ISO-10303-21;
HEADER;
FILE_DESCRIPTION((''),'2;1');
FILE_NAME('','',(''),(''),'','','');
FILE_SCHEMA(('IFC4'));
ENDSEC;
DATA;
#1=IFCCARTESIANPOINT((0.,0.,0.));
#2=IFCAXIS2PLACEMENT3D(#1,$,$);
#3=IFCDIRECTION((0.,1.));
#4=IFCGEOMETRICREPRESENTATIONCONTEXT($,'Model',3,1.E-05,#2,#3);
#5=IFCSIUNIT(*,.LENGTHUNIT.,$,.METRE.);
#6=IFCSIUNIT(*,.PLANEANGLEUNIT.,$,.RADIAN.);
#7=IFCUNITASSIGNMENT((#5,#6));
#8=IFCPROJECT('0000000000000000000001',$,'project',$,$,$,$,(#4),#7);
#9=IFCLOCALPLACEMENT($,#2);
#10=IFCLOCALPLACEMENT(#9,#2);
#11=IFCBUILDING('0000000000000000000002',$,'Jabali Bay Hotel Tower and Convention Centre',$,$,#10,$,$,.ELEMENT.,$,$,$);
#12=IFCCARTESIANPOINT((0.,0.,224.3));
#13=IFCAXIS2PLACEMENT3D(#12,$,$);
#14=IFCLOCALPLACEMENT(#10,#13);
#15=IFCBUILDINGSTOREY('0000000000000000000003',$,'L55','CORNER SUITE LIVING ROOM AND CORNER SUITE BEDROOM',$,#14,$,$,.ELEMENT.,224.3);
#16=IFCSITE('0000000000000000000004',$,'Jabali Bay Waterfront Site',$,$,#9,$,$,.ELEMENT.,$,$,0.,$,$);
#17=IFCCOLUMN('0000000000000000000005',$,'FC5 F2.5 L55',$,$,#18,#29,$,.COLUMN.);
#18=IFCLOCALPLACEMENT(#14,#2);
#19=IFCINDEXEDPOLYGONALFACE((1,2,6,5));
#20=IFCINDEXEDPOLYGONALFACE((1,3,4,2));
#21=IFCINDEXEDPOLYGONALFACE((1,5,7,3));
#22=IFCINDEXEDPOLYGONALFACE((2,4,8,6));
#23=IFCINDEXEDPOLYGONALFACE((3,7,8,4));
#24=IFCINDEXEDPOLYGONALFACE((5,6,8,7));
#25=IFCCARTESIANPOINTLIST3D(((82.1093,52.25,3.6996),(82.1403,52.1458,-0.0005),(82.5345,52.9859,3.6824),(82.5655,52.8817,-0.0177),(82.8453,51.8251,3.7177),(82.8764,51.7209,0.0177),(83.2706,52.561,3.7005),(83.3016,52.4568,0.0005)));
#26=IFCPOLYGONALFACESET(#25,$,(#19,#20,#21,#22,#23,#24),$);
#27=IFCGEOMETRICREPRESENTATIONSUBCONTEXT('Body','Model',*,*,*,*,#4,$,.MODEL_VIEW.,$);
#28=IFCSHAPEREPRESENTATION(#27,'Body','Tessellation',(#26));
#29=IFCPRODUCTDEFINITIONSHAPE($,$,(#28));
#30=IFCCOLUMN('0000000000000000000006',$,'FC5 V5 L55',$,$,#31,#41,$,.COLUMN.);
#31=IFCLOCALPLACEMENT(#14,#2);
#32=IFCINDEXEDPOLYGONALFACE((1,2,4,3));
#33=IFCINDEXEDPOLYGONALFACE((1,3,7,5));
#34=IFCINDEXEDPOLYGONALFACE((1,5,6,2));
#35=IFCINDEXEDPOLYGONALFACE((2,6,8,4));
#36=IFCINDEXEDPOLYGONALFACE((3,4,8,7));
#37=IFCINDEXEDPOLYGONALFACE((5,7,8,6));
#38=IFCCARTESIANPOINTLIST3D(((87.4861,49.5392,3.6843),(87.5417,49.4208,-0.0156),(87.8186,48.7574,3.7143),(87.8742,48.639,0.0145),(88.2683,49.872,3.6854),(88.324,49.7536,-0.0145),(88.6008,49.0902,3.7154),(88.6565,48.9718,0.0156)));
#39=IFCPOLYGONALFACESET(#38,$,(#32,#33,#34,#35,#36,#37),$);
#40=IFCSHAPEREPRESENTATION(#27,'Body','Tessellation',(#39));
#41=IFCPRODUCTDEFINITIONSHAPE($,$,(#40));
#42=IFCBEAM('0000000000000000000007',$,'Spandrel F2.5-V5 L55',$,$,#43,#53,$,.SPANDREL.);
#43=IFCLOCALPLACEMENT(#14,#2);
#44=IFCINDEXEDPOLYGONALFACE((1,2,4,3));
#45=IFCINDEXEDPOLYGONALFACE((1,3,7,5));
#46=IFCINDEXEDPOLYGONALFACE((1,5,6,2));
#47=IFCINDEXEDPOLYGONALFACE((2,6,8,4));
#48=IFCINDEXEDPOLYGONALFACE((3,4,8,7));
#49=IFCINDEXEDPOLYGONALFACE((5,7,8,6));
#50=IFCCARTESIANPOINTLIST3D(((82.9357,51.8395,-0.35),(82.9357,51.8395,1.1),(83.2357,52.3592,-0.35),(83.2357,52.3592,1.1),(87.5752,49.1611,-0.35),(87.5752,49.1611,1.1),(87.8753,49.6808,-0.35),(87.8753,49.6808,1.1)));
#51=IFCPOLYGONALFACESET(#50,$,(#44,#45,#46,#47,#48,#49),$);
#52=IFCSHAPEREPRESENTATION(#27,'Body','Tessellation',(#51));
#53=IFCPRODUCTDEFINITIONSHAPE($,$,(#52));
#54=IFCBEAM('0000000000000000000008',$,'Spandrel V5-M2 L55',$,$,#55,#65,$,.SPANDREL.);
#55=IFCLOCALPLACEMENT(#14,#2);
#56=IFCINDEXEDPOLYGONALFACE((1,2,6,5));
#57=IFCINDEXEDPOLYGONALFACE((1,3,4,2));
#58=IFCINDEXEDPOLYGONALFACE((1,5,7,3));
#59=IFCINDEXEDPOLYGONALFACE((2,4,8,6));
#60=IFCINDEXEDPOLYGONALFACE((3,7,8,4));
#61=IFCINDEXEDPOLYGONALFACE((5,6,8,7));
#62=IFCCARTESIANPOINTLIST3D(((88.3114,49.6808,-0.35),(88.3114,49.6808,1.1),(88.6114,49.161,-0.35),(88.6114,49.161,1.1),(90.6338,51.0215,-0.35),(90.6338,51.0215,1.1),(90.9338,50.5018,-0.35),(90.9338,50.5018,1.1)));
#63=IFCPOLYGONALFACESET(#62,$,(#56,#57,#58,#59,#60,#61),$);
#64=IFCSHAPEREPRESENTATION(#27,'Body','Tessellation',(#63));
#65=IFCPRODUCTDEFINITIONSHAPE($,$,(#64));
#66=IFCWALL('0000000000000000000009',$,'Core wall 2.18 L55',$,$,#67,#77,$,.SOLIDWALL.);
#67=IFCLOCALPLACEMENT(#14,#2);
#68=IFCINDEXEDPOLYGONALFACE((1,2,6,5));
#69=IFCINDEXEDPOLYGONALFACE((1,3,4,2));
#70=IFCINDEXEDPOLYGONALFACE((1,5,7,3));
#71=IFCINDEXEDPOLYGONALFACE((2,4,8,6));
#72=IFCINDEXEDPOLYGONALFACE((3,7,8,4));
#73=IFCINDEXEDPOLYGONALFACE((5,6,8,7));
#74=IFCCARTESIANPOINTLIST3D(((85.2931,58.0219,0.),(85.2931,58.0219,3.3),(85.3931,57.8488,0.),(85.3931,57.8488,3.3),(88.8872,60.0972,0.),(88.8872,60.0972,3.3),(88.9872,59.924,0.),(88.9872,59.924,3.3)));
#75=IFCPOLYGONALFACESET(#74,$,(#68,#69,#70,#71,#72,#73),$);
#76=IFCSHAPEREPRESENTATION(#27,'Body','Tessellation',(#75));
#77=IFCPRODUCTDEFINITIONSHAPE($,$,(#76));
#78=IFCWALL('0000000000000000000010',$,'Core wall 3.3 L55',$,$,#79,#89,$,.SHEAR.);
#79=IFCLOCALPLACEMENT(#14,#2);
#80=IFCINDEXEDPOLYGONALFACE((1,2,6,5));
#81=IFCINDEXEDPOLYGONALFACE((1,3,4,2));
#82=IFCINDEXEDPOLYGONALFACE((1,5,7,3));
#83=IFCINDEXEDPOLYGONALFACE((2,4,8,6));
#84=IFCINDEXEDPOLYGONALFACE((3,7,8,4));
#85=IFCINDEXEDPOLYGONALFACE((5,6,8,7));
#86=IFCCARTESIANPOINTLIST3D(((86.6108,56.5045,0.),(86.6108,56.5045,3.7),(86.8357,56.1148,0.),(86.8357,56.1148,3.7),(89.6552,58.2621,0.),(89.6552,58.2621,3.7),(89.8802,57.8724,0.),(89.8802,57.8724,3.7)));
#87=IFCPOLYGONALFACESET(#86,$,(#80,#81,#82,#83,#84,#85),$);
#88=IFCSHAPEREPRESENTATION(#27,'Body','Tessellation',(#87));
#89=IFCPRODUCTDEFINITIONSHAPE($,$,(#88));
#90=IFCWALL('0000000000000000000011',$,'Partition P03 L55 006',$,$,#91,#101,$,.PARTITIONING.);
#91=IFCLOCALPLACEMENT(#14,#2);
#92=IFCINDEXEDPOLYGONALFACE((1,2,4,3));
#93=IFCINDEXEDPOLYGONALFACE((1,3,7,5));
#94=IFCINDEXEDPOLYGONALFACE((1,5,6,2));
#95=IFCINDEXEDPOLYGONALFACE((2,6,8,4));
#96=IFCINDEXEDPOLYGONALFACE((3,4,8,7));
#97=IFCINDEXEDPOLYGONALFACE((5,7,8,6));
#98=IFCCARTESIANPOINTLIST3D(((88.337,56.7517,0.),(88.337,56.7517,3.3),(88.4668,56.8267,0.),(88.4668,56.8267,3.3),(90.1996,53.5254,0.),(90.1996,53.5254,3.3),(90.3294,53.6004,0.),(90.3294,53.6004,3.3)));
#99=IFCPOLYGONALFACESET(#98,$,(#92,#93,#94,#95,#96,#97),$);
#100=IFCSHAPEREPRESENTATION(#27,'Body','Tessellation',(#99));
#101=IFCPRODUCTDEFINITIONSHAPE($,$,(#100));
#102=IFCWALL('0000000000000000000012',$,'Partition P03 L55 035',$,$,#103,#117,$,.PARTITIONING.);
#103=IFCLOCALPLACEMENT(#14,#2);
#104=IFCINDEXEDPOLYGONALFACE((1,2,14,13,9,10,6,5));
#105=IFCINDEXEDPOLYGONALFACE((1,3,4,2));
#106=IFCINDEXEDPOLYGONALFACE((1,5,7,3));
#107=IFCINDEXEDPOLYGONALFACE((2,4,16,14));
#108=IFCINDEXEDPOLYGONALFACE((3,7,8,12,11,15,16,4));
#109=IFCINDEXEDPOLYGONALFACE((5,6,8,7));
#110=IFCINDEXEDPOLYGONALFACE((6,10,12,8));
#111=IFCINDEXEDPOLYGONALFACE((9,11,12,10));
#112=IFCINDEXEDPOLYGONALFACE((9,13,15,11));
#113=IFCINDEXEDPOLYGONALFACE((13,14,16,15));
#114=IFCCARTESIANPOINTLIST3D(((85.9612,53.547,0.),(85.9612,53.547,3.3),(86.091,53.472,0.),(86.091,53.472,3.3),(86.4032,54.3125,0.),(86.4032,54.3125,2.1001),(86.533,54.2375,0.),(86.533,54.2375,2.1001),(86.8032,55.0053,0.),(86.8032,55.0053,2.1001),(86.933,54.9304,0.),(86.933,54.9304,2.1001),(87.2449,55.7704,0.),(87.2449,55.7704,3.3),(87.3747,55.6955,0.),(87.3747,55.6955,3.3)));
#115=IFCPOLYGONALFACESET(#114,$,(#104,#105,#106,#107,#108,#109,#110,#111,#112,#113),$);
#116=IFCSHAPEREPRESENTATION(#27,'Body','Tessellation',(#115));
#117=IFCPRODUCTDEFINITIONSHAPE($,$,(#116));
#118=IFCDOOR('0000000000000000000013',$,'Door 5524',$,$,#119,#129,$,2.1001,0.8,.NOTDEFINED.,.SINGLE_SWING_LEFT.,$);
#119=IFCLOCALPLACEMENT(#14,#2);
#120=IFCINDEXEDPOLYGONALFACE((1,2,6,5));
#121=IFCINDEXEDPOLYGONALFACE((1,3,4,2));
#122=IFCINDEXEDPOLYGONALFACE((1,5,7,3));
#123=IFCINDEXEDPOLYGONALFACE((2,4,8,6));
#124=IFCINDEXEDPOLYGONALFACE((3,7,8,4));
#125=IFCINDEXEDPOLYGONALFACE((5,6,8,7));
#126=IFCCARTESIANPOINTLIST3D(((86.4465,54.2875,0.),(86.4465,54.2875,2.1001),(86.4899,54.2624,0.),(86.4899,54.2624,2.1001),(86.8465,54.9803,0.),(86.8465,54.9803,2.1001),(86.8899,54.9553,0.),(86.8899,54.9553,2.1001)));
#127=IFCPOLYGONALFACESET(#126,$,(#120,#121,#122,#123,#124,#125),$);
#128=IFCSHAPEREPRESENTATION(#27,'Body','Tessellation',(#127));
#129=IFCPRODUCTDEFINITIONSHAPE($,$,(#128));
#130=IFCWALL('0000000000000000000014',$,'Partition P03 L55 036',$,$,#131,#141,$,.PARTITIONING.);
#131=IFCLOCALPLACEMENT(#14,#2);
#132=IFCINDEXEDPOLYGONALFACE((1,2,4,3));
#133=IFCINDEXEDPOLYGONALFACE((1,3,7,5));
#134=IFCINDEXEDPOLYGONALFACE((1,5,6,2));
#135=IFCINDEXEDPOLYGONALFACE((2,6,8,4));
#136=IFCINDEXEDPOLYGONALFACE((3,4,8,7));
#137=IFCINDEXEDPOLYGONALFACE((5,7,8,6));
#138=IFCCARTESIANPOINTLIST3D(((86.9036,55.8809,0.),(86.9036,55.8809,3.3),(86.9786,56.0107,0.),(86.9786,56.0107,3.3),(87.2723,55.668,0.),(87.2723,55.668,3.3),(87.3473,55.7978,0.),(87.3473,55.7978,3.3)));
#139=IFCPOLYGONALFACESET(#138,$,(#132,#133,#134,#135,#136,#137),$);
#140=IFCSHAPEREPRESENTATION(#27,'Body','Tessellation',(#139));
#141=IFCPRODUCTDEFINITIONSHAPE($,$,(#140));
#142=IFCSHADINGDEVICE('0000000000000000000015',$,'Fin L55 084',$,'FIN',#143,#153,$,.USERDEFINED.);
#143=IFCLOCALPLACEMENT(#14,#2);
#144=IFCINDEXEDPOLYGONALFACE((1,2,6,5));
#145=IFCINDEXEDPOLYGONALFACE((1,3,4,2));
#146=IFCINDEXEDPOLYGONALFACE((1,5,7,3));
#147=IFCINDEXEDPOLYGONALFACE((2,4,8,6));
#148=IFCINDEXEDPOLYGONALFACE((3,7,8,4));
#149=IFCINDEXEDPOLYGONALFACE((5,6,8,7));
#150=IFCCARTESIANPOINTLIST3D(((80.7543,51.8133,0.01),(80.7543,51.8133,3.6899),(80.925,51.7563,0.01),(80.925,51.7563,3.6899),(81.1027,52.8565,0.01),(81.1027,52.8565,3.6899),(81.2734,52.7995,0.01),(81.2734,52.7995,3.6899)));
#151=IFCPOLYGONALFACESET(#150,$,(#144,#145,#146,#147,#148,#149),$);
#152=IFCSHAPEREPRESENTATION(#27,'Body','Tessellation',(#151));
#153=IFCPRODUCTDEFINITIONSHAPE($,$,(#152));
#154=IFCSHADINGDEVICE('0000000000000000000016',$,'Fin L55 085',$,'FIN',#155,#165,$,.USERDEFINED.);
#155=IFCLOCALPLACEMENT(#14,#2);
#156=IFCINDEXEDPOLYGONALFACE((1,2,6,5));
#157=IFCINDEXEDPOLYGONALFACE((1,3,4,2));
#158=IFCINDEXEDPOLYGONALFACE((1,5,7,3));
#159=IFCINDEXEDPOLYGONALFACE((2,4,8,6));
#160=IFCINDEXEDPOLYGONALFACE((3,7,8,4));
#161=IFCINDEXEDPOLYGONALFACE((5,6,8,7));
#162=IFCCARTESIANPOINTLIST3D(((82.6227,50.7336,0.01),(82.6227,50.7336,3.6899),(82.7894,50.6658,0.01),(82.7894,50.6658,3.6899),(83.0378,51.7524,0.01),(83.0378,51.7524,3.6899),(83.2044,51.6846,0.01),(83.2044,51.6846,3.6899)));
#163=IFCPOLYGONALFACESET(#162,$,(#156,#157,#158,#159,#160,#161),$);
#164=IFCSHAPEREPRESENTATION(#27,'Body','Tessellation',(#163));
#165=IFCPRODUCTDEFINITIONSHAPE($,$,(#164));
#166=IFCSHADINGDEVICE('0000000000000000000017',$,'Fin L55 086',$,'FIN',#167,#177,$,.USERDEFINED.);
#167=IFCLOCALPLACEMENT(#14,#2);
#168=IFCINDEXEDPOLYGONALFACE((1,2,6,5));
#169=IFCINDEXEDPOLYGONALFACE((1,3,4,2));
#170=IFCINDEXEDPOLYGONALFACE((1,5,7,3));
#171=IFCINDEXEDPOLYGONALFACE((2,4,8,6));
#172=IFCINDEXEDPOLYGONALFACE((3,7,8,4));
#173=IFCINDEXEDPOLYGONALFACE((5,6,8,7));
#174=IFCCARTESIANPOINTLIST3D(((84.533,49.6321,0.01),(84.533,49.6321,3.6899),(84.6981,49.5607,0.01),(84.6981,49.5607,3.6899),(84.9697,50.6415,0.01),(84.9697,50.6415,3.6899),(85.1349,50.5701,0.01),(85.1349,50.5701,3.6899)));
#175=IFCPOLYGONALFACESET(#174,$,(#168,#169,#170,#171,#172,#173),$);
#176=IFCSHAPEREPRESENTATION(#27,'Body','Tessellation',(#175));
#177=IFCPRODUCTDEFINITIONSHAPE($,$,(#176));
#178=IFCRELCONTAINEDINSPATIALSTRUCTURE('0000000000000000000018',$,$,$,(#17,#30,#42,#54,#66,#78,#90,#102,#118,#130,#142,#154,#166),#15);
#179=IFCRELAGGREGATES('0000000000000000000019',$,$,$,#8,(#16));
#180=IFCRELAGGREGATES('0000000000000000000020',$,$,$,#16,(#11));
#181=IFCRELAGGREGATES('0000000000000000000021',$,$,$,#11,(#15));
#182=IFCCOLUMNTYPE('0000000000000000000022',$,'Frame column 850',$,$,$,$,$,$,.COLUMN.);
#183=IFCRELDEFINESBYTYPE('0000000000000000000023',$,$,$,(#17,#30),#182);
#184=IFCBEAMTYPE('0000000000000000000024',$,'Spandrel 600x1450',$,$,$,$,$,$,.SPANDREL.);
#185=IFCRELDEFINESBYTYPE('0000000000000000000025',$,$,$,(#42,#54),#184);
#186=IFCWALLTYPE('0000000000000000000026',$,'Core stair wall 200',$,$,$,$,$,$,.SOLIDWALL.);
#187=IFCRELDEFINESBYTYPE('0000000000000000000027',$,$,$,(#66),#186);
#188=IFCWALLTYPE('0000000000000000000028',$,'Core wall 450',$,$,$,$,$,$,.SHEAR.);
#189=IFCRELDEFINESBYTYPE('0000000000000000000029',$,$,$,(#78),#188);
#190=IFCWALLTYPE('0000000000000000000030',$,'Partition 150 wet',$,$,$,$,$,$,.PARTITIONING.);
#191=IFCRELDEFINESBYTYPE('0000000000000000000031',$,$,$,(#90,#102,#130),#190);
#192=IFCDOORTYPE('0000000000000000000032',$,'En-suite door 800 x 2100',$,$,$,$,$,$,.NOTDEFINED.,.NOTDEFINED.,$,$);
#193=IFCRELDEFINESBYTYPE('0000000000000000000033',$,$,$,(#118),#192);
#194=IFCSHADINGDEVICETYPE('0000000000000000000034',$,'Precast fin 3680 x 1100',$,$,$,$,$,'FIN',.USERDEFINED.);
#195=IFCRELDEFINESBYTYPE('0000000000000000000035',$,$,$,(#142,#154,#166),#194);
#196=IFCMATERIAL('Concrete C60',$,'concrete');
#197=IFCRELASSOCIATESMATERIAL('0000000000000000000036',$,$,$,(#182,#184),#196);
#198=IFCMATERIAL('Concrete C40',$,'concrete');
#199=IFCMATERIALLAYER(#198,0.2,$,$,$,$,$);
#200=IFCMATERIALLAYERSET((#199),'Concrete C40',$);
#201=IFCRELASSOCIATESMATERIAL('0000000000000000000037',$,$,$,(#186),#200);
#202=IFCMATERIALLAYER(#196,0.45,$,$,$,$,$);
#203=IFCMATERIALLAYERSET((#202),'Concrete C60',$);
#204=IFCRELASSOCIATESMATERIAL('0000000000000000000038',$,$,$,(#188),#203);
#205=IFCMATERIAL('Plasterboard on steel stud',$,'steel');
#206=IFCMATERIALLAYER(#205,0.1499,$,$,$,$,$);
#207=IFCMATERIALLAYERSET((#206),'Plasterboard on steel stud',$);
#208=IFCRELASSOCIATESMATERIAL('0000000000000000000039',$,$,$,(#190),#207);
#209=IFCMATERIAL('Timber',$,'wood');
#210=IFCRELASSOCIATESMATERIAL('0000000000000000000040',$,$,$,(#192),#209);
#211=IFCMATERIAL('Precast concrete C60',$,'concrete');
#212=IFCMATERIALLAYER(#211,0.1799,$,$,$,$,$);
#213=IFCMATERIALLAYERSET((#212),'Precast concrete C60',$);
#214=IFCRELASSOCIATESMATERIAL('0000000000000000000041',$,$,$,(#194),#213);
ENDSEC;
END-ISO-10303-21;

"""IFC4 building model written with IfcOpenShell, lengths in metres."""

from ifc_helpers import new_model, si_unit, direction, frame, frame_2d, origin, origin_2d, place, context, subcontext, project, spatial, rectangle, extrude, material, layer, layer_set, material_profile, profile_set, type_object, element, fill, save


model = new_model("IFC4")

# Units and contexts
model_context = context("Model", 3, precision=1e-05, world=origin(), true_north=direction((0.0, 1.0)))
body_context = subcontext(model_context, "Body", "Model", "MODEL_VIEW")
ifc_project = project(units=[si_unit("LENGTHUNIT", "METRE"), si_unit("PLANEANGLEUNIT", "RADIAN")], contexts=[model_context])

# Site, building, storey
site_placement = place(None, origin())
site = spatial("IfcSite", under=ifc_project, at=site_placement, Name="Jabali Bay Waterfront Site", CompositionType="ELEMENT", RefElevation=0.0)
building_placement = place(site_placement, origin())
building = spatial("IfcBuilding", under=site, at=building_placement, Name="Jabali Bay Hotel Tower and Convention Centre", CompositionType="ELEMENT")
storey_placement = place(building_placement, frame((0.0, 0.0, 224.3)))
storey = spatial("IfcBuildingStorey", under=building, at=storey_placement, Name="L55", Description="CORNER SUITE LIVING ROOM AND CORNER SUITE BEDROOM", CompositionType="ELEMENT", Elevation=224.3)

# Columns
ifc_material_1 = material(Name="Concrete C60", Category="concrete")
ifc_material_profile_1 = material_profile(ifc_material_1, rectangle(XDim=0.8501, YDim=0.8501, at=origin_2d()), Name="Frame column 850")
ifc_profile_set_1 = profile_set([ifc_material_profile_1], Name="Concrete C60")
column_type = type_object("IfcColumnType", Name="Frame column 850", PredefinedType="COLUMN", material=ifc_profile_set_1)
column_1_placement = place(storey_placement, frame((82.7209, 52.3013, 0.0), z_axis=(-0.008376, 0.028163, 0.999568), x_axis=(-0.500232, -0.865656, 0.020198)))
element("IfcColumn", 1, at=column_1_placement, inside=storey, type_object=column_type, Name="FC5 F2.5 L55", PredefinedType="COLUMN", context=body_context, shape_type="SweptSolid", body=[
    extrude(rectangle(XDim=0.8501, YDim=0.8501, at=origin_2d()), origin(), (0.0, 0.0, 1.0), 3.7017),
])
column_2_placement = place(storey_placement, frame((88.0991, 49.1963, 0.0), z_axis=(-0.015035, 0.031983, 0.999375), x_axis=(0.391133, -0.919657, 0.035316)))
element("IfcColumn", 2, at=column_2_placement, inside=storey, type_object=column_type, Name="FC5 V5 L55", PredefinedType="COLUMN", context=body_context, shape_type="SweptSolid", body=[
    extrude(rectangle(XDim=0.8501, YDim=0.8501, at=origin_2d()), origin(), (0.0, 0.0, 1.0), 3.7021),
])

# Beams
ifc_material_profile_2 = material_profile(ifc_material_1, rectangle(XDim=0.6001, YDim=1.45, at=origin_2d()), Name="Spandrel 600x1450")
ifc_profile_set_2 = profile_set([ifc_material_profile_2], Name="Concrete C60")
beam_type = type_object("IfcBeamType", Name="Spandrel 600x1450", PredefinedType="SPANDREL", material=ifc_profile_set_2)
beam_1_placement = place(storey_placement, frame((83.0857, 52.0994, 0.375), z_axis=(0.866044, -0.499967, 0.0), x_axis=(0.499967, 0.866044, 0.0)))
element("IfcBeam", 3, at=beam_1_placement, inside=storey, type_object=beam_type, Name="Spandrel F2.5-V5 L55", PredefinedType="SPANDREL", context=body_context, shape_type="SweptSolid", body=[
    extrude(rectangle(XDim=0.6001, YDim=1.45, at=origin_2d()), origin(), (0.0, 0.0, 1.0), 5.3572),
])
beam_2_placement = place(storey_placement, frame((88.4614, 49.4209, 0.375), z_axis=(0.866039, 0.499977, 0.0), x_axis=(-0.499977, 0.866039, 0.0)))
element("IfcBeam", 4, at=beam_2_placement, inside=storey, type_object=beam_type, Name="Spandrel V5-M2 L55", PredefinedType="SPANDREL", context=body_context, shape_type="SweptSolid", body=[
    extrude(rectangle(XDim=0.6001, YDim=1.45, at=origin_2d()), origin(), (0.0, 0.0, 1.0), 2.6816),
])

# Walls
ifc_material_2 = material(Name="Concrete C40", Category="concrete")
ifc_layer_1 = layer(ifc_material_2, 0.2)
ifc_layer_set_1 = layer_set([ifc_layer_1], Name="Concrete C40")
wall_type_1 = type_object("IfcWallType", Name="Core stair wall 200", PredefinedType="SOLIDWALL", material=ifc_layer_set_1)
wall_1_placement = place(storey_placement, frame((85.343, 57.9353, 0.0), z_axis=(0.0, 0.0, 1.0), x_axis=(0.866004, 0.500036, 0.0)))
element("IfcWall", 5, at=wall_1_placement, inside=storey, type_object=wall_type_1, Name="Core wall 2.18 L55", PredefinedType="SOLIDWALL", context=body_context, shape_type="SweptSolid", body=[
    extrude(rectangle(XDim=4.1501, YDim=0.2, at=frame_2d((2.0752, 0.0))), origin(), (0.0, 0.0, 1.0), 3.3),
])
ifc_layer_2 = layer(ifc_material_1, 0.45)
ifc_layer_set_2 = layer_set([ifc_layer_2], Name="Concrete C60")
wall_type_2 = type_object("IfcWallType", Name="Core wall 450", PredefinedType="SHEAR", material=ifc_layer_set_2)
wall_2_placement = place(storey_placement, frame((86.7231, 56.3096, 0.0), z_axis=(0.0, 0.0, 1.0), x_axis=(0.866042, 0.499971, 0.0)))
element("IfcWall", 6, at=wall_2_placement, inside=storey, type_object=wall_type_2, Name="Core wall 3.3 L55", PredefinedType="SHEAR", context=body_context, shape_type="SweptSolid", body=[
    extrude(rectangle(XDim=3.5154, YDim=0.45, at=frame_2d((1.7578, 0.0))), origin(), (0.0, 0.0, 1.0), 3.7),
])

# Wall
ifc_material_3 = material(Name="Plasterboard on steel stud", Category="steel")
ifc_layer_3 = layer(ifc_material_3, 0.1499)
ifc_layer_set_3 = layer_set([ifc_layer_3], Name="Plasterboard on steel stud")
wall_type_3 = type_object("IfcWallType", Name="Partition 150 wet", PredefinedType="PARTITIONING", material=ifc_layer_set_3)
wall_3_placement = place(storey_placement, frame((88.4019, 56.7893, 0.0), z_axis=(0.0, 0.0, 1.0), x_axis=(0.499966, -0.866045, 0.0)))
element("IfcWall", 7, at=wall_3_placement, inside=storey, type_object=wall_type_3, Name="Partition P03 L55 006", PredefinedType="PARTITIONING", context=body_context, shape_type="SweptSolid", body=[
    extrude(rectangle(XDim=3.7253, YDim=0.1499, at=frame_2d((1.8628, 0.0))), origin(), (0.0, 0.0, 1.0), 3.3),
])

# Wall, opening, door
wall_4_placement = place(storey_placement, frame((86.0261, 53.5095, 0.0), z_axis=(0.0, 0.0, 1.0), x_axis=(0.500005, 0.866022, 0.0)))
wall_4 = element("IfcWall", 8, at=wall_4_placement, inside=storey, type_object=wall_type_3, Name="Partition P03 L55 035", PredefinedType="PARTITIONING", context=body_context, shape_type="SweptSolid", body=[
    extrude(rectangle(XDim=2.5674, YDim=0.1499, at=frame_2d((1.2837, 0.0))), origin(), (0.0, 0.0, 1.0), 3.3),
])
opening_1_placement = place(wall_4_placement, frame((0.884, 0.0, 0.0)))
opening_1 = element("IfcOpeningElement", 9, at=opening_1_placement, cuts=wall_4, PredefinedType="OPENING", context=body_context, shape_type="SweptSolid", body=[
    extrude(rectangle(XDim=0.8, YDim=2.1001, at=frame_2d((0.3999, 1.05))), frame((0.0, 0.0854, 0.0), z_axis=(0.0, -1.0, 0.0), x_axis=(1.0, 0.0, 0.0)), (0.0, 0.0, 1.0), 0.1709),
])
ifc_material_4 = material(Name="Timber", Category="wood")
door_type_1 = type_object("IfcDoorType", Name="En-suite door 800 x 2100", OperationType="NOTDEFINED", PredefinedType="NOTDEFINED", material=ifc_material_4)
door_1_placement = place(opening_1_placement, origin())
door_1 = element("IfcDoor", 10, at=door_1_placement, inside=storey, type_object=door_type_1, Name="Door 5524", OperationType="SINGLE_SWING_LEFT", OverallHeight=2.1001, OverallWidth=0.8, PredefinedType="NOTDEFINED", context=body_context, shape_type="SweptSolid", body=[
    extrude(rectangle(XDim=0.8, YDim=2.1001, at=frame_2d((0.3999, 1.05))), frame((0.0, 0.0249, 0.0), z_axis=(0.0, -1.0, 0.0), x_axis=(1.0, 0.0, 0.0)), (0.0, 0.0, 1.0), 0.05),
])
fill(opening_1, door_1)

# Wall
wall_5_placement = place(storey_placement, frame((87.3098, 55.7329, 0.0), z_axis=(0.0, 0.0, 1.0), x_axis=(-0.865975, 0.500086, 0.0)))
element("IfcWall", 11, at=wall_5_placement, inside=storey, type_object=wall_type_3, Name="Partition P03 L55 036", PredefinedType="PARTITIONING", context=body_context, shape_type="SweptSolid", body=[
    extrude(rectangle(XDim=0.4258, YDim=0.1499, at=frame_2d((0.2129, 0.0))), origin(), (0.0, 0.0, 1.0), 3.3),
])

# Shading devices
ifc_material_5 = material(Name="Precast concrete C60", Category="concrete")
ifc_layer_4 = layer(ifc_material_5, 0.1799)
ifc_layer_set_4 = layer_set([ifc_layer_4], Name="Precast concrete C60")
shading_device_type_1 = type_object("IfcShadingDeviceType", Name="Precast fin 3680 x 1100", ElementType="FIN", PredefinedType="USERDEFINED", material=ifc_layer_set_4)
shading_device_1_placement = place(storey_placement, frame((81.188, 52.8279, 0.01), z_axis=(0.0, 0.0, 1.0), x_axis=(-0.31676, -0.948506, 0.0)))
element("IfcShadingDevice", 12, at=shading_device_1_placement, inside=storey, type_object=shading_device_type_1, Name="Fin L55 084", ObjectType="FIN", PredefinedType="USERDEFINED", context=body_context, shape_type="SweptSolid", body=[
    extrude(rectangle(XDim=1.0999, YDim=0.1799, at=frame_2d((0.5498, 0.0))), origin(), (0.0, 0.0, 1.0), 3.6799),
])
shading_device_2_placement = place(storey_placement, frame((83.1211, 51.7185, 0.01), z_axis=(0.0, 0.0, 1.0), x_axis=(-0.377276, -0.926101, 0.0)))
element("IfcShadingDevice", 13, at=shading_device_2_placement, inside=storey, type_object=shading_device_type_1, Name="Fin L55 085", ObjectType="FIN", PredefinedType="USERDEFINED", context=body_context, shape_type="SweptSolid", body=[
    extrude(rectangle(XDim=1.1001, YDim=0.1799, at=frame_2d((0.55, 0.0))), origin(), (0.0, 0.0, 1.0), 3.6799),
])
for number, where, z_axis, x_axis, name in (
    (14, (85.0522, 50.6057, 0.01), (0.0, 0.0, 1.0), (-0.397078, -0.917785, 0.0), "Fin L55 086"),
):
    element("IfcShadingDevice", number, at=place(storey_placement, frame(where, z_axis=z_axis, x_axis=x_axis)), inside=storey, type_object=shading_device_type_1, Name=name, ObjectType="FIN", PredefinedType="USERDEFINED", context=body_context, shape_type="SweptSolid", body=[
        extrude(rectangle(XDim=1.0999, YDim=0.1799, at=frame_2d((0.5498, 0.0))), origin(), (0.0, 0.0, 1.0), 3.6799),
    ])

save(model, "model.ifc")
